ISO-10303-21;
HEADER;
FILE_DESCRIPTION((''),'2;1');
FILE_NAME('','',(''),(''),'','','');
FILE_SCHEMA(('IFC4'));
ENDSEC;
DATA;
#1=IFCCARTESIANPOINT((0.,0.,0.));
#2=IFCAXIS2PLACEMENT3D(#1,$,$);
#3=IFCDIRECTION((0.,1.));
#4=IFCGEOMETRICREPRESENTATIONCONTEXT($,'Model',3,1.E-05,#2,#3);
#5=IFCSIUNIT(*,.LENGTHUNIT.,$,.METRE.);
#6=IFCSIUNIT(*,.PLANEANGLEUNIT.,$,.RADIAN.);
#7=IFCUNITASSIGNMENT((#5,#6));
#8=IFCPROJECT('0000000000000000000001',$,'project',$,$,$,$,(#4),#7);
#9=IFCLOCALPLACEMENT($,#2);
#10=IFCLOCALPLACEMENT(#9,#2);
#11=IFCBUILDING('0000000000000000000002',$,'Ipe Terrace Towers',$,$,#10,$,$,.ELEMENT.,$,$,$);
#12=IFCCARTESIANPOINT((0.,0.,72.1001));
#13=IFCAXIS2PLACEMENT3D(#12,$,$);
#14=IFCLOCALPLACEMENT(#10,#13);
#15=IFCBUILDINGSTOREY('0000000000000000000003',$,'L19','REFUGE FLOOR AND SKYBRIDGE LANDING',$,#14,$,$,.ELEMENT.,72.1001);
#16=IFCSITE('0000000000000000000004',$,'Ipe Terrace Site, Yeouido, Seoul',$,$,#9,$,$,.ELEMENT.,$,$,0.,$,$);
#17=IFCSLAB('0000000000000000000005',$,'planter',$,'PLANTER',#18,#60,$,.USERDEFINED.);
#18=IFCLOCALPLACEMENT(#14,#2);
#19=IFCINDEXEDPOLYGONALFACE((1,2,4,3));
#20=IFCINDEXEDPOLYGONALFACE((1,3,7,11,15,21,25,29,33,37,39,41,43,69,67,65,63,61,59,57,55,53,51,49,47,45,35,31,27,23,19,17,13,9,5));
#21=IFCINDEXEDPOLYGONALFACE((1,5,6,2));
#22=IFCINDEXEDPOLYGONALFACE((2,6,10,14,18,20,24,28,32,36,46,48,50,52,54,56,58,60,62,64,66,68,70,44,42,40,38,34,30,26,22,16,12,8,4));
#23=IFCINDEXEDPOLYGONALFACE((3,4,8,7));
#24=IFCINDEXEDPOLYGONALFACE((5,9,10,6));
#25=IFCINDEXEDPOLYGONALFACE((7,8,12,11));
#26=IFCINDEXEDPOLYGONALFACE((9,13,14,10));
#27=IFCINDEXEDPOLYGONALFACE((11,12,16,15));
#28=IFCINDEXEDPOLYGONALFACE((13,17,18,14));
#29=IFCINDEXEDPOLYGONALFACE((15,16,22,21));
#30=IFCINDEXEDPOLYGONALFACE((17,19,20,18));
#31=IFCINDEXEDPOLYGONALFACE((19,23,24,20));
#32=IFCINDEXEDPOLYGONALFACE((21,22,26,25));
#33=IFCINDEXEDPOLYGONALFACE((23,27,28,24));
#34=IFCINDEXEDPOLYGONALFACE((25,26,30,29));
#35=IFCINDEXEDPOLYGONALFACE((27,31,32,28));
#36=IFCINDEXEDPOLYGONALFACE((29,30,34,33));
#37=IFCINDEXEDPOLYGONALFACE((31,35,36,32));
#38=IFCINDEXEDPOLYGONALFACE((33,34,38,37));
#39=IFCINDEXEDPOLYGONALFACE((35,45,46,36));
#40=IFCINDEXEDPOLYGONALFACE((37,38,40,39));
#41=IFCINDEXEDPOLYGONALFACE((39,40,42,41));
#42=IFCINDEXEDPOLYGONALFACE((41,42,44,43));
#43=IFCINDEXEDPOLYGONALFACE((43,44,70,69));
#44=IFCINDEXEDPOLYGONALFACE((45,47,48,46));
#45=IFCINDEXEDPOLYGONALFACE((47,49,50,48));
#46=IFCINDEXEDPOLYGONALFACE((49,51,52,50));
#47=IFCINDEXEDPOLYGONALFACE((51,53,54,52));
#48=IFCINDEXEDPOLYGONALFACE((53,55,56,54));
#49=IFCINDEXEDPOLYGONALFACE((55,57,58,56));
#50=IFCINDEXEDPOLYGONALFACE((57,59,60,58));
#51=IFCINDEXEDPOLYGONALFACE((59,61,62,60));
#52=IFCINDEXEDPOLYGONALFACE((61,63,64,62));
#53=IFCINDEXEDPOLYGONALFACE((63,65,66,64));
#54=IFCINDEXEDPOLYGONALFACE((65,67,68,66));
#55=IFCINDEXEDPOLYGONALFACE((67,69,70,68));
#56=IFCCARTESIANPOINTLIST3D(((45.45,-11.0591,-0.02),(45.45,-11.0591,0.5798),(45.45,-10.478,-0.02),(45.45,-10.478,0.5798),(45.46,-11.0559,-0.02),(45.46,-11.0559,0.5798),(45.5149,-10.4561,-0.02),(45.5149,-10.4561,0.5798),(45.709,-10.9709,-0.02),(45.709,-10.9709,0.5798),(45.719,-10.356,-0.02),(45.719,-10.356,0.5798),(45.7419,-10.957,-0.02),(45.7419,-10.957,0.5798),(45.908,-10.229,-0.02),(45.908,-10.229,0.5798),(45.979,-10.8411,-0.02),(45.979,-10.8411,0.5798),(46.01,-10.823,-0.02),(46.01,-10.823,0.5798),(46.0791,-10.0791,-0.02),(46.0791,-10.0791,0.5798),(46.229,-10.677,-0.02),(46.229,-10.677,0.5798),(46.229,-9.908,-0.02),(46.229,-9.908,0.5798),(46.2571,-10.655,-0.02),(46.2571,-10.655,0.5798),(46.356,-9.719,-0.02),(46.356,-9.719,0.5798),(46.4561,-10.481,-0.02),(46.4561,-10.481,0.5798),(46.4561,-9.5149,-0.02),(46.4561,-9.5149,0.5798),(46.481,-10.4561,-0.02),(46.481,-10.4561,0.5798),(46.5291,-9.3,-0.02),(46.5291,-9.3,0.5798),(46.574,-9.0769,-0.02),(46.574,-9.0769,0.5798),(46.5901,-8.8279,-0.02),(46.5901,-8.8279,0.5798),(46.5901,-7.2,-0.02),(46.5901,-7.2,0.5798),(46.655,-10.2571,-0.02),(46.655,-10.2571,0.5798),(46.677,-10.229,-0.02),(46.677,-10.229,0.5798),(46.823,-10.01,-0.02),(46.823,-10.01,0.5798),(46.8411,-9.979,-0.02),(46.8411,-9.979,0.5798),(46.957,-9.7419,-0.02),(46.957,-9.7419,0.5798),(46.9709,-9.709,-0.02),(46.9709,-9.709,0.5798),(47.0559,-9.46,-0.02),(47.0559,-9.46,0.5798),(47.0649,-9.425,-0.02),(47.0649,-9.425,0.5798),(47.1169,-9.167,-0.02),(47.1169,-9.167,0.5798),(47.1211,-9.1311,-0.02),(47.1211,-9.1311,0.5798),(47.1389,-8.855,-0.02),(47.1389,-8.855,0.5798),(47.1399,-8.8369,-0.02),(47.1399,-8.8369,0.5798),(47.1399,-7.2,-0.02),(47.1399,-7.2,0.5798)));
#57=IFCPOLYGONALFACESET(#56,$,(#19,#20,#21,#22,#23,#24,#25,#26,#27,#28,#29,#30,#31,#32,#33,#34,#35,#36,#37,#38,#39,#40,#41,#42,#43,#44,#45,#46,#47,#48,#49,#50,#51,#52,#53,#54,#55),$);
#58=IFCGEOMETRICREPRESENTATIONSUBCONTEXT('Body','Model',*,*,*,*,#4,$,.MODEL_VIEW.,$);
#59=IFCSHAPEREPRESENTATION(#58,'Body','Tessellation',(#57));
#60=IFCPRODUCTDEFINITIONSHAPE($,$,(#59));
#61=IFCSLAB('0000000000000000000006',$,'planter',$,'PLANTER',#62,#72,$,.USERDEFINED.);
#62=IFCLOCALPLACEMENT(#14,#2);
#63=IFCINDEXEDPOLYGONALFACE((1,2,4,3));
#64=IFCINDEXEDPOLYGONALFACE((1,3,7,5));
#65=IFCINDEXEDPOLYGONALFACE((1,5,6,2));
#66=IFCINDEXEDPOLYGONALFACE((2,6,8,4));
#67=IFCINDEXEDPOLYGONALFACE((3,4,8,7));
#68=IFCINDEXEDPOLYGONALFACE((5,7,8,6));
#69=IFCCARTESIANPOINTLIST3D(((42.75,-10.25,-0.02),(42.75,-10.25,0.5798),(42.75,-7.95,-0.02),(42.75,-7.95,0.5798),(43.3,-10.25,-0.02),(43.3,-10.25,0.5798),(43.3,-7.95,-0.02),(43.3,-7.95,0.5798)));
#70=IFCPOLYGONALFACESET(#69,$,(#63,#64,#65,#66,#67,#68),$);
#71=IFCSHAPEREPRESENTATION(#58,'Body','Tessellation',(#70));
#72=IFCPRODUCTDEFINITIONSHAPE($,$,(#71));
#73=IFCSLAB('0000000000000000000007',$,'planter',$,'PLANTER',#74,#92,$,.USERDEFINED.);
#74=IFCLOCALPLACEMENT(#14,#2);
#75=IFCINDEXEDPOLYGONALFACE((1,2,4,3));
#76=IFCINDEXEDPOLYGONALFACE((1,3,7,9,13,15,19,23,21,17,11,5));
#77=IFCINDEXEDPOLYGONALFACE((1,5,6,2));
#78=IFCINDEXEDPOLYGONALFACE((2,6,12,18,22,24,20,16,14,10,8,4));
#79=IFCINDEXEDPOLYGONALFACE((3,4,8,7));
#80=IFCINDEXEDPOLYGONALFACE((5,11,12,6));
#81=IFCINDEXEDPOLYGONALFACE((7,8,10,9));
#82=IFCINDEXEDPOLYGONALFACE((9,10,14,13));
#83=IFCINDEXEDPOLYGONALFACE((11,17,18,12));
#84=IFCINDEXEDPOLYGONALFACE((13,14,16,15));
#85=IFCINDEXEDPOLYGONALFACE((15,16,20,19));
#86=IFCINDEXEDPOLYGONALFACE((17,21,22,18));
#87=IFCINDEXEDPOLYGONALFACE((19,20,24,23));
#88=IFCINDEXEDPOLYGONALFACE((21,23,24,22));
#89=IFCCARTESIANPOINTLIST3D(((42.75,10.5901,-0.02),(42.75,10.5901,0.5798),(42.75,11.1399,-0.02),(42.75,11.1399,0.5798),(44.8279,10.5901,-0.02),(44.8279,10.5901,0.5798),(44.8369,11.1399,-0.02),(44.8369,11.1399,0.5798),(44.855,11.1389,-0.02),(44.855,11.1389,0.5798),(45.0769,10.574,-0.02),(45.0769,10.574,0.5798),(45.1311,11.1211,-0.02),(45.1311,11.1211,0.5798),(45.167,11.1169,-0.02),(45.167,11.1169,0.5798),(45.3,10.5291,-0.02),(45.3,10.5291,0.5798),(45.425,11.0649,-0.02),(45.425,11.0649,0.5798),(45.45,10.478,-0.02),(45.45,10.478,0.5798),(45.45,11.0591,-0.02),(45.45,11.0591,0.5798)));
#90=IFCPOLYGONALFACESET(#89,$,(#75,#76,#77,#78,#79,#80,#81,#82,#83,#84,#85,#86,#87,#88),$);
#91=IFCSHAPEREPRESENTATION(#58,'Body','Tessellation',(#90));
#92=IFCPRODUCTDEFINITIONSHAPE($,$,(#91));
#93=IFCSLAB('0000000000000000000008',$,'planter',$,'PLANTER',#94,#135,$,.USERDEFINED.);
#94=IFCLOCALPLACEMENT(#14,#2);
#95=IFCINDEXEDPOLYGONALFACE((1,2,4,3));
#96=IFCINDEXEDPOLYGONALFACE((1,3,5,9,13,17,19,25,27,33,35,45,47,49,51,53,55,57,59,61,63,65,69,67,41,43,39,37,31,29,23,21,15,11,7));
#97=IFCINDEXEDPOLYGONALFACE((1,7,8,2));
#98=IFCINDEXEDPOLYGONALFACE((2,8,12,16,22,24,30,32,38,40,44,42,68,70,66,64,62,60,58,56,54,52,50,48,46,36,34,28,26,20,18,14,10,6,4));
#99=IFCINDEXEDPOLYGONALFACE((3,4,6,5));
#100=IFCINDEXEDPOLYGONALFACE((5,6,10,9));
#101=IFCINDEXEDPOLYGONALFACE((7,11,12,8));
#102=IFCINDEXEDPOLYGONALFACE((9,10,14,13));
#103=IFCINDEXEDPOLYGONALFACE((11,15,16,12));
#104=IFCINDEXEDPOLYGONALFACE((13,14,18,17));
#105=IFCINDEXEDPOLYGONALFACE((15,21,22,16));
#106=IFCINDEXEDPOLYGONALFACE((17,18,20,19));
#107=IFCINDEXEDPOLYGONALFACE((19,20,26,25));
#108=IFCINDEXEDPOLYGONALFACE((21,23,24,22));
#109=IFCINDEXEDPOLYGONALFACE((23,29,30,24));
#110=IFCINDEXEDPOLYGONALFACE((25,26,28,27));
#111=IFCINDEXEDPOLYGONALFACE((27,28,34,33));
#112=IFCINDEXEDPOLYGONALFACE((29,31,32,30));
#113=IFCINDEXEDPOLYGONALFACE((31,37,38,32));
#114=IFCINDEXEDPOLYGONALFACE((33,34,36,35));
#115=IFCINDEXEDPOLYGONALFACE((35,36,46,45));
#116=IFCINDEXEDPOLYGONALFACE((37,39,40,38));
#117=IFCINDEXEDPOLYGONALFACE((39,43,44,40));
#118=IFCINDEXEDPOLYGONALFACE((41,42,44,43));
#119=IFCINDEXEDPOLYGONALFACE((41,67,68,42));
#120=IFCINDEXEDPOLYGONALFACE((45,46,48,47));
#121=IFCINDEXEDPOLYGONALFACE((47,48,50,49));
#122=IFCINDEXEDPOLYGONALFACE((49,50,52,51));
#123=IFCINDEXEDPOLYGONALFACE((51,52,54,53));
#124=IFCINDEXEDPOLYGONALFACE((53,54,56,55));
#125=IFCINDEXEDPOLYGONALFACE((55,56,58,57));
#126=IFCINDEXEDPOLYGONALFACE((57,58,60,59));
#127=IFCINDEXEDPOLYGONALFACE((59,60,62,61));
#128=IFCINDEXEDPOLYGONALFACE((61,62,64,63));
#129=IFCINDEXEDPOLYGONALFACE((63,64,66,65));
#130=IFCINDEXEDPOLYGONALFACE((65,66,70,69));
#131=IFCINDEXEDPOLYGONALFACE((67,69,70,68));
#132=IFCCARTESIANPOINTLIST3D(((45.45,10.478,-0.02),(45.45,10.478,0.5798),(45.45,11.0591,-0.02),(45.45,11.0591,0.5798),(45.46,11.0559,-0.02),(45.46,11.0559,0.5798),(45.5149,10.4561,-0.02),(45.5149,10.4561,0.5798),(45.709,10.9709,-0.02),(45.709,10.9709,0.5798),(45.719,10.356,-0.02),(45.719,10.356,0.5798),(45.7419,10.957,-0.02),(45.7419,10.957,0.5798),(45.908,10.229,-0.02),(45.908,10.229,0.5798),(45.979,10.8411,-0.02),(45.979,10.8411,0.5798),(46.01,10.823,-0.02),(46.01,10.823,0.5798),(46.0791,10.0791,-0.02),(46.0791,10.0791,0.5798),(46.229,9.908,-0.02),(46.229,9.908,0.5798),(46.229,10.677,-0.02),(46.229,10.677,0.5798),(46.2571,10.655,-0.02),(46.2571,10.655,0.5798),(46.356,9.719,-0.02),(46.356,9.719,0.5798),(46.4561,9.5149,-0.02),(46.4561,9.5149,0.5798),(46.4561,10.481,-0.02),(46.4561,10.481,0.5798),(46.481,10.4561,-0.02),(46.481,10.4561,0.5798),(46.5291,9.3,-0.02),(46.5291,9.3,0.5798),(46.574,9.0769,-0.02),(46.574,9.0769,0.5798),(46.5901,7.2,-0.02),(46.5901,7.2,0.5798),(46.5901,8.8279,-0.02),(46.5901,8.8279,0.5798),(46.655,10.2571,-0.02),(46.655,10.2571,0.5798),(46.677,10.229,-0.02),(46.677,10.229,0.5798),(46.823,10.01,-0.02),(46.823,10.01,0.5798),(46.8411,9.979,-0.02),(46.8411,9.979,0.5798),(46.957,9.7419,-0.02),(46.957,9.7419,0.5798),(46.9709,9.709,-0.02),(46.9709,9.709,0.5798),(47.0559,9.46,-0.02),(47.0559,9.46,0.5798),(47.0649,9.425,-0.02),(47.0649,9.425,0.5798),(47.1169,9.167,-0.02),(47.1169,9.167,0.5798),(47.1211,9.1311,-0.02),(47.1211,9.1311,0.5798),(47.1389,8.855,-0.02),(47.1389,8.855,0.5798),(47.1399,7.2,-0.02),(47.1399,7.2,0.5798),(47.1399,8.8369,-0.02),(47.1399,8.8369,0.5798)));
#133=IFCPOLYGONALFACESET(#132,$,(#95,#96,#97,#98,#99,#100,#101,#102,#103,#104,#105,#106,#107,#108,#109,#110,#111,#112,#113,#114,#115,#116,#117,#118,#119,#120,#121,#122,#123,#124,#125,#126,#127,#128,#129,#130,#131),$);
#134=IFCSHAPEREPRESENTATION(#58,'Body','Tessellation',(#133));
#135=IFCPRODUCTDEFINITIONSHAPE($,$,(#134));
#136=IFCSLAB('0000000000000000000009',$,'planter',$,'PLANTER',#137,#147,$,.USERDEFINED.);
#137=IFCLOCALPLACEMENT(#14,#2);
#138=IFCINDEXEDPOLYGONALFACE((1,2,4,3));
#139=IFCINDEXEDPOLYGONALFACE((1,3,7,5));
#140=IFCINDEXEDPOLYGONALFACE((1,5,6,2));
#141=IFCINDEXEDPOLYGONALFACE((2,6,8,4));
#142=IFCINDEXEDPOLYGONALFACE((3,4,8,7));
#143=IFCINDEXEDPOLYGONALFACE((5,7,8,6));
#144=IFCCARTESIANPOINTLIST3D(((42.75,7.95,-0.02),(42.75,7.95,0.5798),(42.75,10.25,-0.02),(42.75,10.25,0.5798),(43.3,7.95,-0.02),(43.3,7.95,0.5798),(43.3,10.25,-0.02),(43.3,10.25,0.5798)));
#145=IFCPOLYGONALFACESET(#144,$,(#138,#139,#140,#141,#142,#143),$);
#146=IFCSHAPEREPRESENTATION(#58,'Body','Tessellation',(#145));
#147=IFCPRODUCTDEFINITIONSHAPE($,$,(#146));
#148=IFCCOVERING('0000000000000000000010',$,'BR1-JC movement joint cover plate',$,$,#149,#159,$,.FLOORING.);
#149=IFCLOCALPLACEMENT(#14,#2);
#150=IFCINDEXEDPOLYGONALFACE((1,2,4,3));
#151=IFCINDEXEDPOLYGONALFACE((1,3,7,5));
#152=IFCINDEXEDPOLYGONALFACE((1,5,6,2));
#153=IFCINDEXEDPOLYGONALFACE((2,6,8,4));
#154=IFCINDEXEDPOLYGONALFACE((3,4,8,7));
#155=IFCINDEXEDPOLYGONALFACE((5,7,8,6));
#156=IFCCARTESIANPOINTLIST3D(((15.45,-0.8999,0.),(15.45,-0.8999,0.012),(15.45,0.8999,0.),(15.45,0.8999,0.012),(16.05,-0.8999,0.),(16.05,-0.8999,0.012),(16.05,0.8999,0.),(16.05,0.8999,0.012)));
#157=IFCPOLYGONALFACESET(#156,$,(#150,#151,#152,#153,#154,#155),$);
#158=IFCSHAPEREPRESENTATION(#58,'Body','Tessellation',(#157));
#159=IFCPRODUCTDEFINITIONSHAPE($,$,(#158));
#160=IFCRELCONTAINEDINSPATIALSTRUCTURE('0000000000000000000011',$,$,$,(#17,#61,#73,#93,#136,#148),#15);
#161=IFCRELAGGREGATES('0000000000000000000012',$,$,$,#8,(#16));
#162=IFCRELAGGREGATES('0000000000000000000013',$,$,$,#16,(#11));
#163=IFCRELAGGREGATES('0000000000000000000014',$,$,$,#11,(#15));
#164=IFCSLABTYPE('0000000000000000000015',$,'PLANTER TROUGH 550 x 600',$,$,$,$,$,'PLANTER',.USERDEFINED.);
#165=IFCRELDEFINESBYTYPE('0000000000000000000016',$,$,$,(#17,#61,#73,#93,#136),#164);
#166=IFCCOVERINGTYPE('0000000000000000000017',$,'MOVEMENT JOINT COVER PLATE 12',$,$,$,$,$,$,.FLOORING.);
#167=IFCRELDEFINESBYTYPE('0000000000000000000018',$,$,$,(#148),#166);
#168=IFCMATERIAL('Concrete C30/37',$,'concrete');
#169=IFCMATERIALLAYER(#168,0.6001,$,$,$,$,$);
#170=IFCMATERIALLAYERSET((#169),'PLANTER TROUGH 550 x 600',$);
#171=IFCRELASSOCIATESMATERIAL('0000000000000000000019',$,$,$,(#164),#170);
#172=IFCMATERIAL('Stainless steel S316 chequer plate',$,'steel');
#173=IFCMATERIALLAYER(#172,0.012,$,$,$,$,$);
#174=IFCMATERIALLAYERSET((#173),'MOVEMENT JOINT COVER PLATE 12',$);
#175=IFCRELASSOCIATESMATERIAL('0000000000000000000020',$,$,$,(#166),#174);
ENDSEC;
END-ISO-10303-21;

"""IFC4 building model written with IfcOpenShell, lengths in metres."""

from ifc_helpers import new_model, si_unit, direction, frame, origin, place, context, subcontext, project, spatial, polyline, outline, extrude, material, layer, layer_set, type_object, element, save


model = new_model("IFC4")

# Units and contexts
model_context = context("Model", 3, precision=1e-05, world=origin(), true_north=direction((0.0, 1.0)))
body_context = subcontext(model_context, "Body", "Model", "MODEL_VIEW")
ifc_project = project(units=[si_unit("LENGTHUNIT", "METRE"), si_unit("PLANEANGLEUNIT", "RADIAN")], contexts=[model_context])

# Site, building, storey
site_placement = place(None, origin())
site = spatial("IfcSite", under=ifc_project, at=site_placement, Name="Ipe Terrace Site, Yeouido, Seoul", CompositionType="ELEMENT", RefElevation=0.0)
building_placement = place(site_placement, origin())
building = spatial("IfcBuilding", under=site, at=building_placement, Name="Ipe Terrace Towers", CompositionType="ELEMENT")
storey_placement = place(building_placement, frame((0.0, 0.0, 72.1001)))
storey = spatial("IfcBuildingStorey", under=building, at=storey_placement, Name="L19", Description="REFUGE FLOOR AND SKYBRIDGE LANDING", CompositionType="ELEMENT", Elevation=72.1001)

# Slabs
ifc_material_1 = material(Name="Concrete C30/37", Category="concrete")
ifc_layer_1 = layer(ifc_material_1, 0.6001)
ifc_layer_set_1 = layer_set([ifc_layer_1], Name="PLANTER TROUGH 550 x 600")
slab_type_1 = type_object("IfcSlabType", Name="PLANTER TROUGH 550 x 600", ElementType="PLANTER", PredefinedType="USERDEFINED", material=ifc_layer_set_1)
slab_1_placement = place(storey_placement, frame((0.0, 0.0, -0.02)))
element("IfcSlab", 1, at=slab_1_placement, inside=storey, type_object=slab_type_1, Name="planter", ObjectType="PLANTER", PredefinedType="USERDEFINED", context=body_context, shape_type="SweptSolid", body=[
    extrude(outline(polyline([(45.5149, -10.4561), (45.45, -10.478), (45.45, -11.0591), (45.46, -11.0559), (45.709, -10.9709), (45.7419, -10.957), (45.979, -10.8411), (46.01, -10.823), (46.229, -10.677), (46.2571, -10.655), (46.4561, -10.481), (46.481, -10.4561), (46.655, -10.2571), (46.677, -10.229), (46.823, -10.01), (46.8411, -9.979), (46.957, -9.7419), (46.9709, -9.709), (47.0559, -9.46), (47.0649, -9.425), (47.1169, -9.167), (47.1211, -9.1311), (47.1389, -8.855), (47.1399, -8.8369), (47.1399, -7.2), (46.5901, -7.2), (46.5901, -8.8279), (46.574, -9.0769), (46.5291, -9.3), (46.4561, -9.5149), (46.356, -9.719), (46.229, -9.908), (46.0791, -10.0791), (45.908, -10.229), (45.719, -10.356), (45.5149, -10.4561)])), origin(), (0.0, 0.0, 1.0), 0.5999),
])
slab_2_placement = place(storey_placement, frame((0.0, 0.0, -0.02)))
element("IfcSlab", 2, at=slab_2_placement, inside=storey, type_object=slab_type_1, Name="planter", ObjectType="PLANTER", PredefinedType="USERDEFINED", context=body_context, shape_type="SweptSolid", body=[
    extrude(outline(polyline([(42.75, -7.95), (42.75, -10.25), (43.3, -10.25), (43.3, -7.95), (42.75, -7.95)])), origin(), (0.0, 0.0, 1.0), 0.5999),
])
slab_3_placement = place(storey_placement, frame((0.0, 0.0, -0.02)))
element("IfcSlab", 3, at=slab_3_placement, inside=storey, type_object=slab_type_1, Name="planter", ObjectType="PLANTER", PredefinedType="USERDEFINED", context=body_context, shape_type="SweptSolid", body=[
    extrude(outline(polyline([(45.3, 10.5291), (45.45, 10.478), (45.45, 11.0591), (45.425, 11.0649), (45.167, 11.1169), (45.1311, 11.1211), (44.855, 11.1389), (44.8369, 11.1399), (42.75, 11.1399), (42.75, 10.5901), (44.8279, 10.5901), (45.0769, 10.574), (45.3, 10.5291)])), origin(), (0.0, 0.0, 1.0), 0.5999),
])
slab_4_placement = place(storey_placement, frame((0.0, 0.0, -0.02)))
element("IfcSlab", 4, at=slab_4_placement, inside=storey, type_object=slab_type_1, Name="planter", ObjectType="PLANTER", PredefinedType="USERDEFINED", context=body_context, shape_type="SweptSolid", body=[
    extrude(outline(polyline([(45.5149, 10.4561), (45.719, 10.356), (45.908, 10.229), (46.0791, 10.0791), (46.229, 9.908), (46.356, 9.719), (46.4561, 9.5149), (46.5291, 9.3), (46.574, 9.0769), (46.5901, 8.8279), (46.5901, 7.2), (47.1399, 7.2), (47.1399, 8.8369), (47.1389, 8.855), (47.1211, 9.1311), (47.1169, 9.167), (47.0649, 9.425), (47.0559, 9.46), (46.9709, 9.709), (46.957, 9.7419), (46.8411, 9.979), (46.823, 10.01), (46.677, 10.229), (46.655, 10.2571), (46.481, 10.4561), (46.4561, 10.481), (46.2571, 10.655), (46.229, 10.677), (46.01, 10.823), (45.979, 10.8411), (45.7419, 10.957), (45.709, 10.9709), (45.46, 11.0559), (45.45, 11.0591), (45.45, 10.478), (45.5149, 10.4561)])), origin(), (0.0, 0.0, 1.0), 0.5999),
])
slab_5_placement = place(storey_placement, frame((0.0, 0.0, -0.02)))
element("IfcSlab", 5, at=slab_5_placement, inside=storey, type_object=slab_type_1, Name="planter", ObjectType="PLANTER", PredefinedType="USERDEFINED", context=body_context, shape_type="SweptSolid", body=[
    extrude(outline(polyline([(42.75, 7.95), (43.3, 7.95), (43.3, 10.25), (42.75, 10.25), (42.75, 7.95)])), origin(), (0.0, 0.0, 1.0), 0.5999),
])

# Covering
ifc_material_2 = material(Name="Stainless steel S316 chequer plate", Category="steel")
ifc_layer_2 = layer(ifc_material_2, 0.012)
ifc_layer_set_2 = layer_set([ifc_layer_2], Name="MOVEMENT JOINT COVER PLATE 12")
covering_type_1 = type_object("IfcCoveringType", Name="MOVEMENT JOINT COVER PLATE 12", PredefinedType="FLOORING", material=ifc_layer_set_2)
covering_1_placement = place(storey_placement, origin())
element("IfcCovering", 6, at=covering_1_placement, inside=storey, type_object=covering_type_1, Name="BR1-JC movement joint cover plate", PredefinedType="FLOORING", context=body_context, shape_type="SweptSolid", body=[
    extrude(outline(polyline([(15.45, -0.8999), (16.05, -0.8999), (16.05, 0.8999), (15.45, 0.8999), (15.45, -0.8999)])), origin(), (0.0, 0.0, 1.0), 0.012),
])

save(model, "model.ifc")
